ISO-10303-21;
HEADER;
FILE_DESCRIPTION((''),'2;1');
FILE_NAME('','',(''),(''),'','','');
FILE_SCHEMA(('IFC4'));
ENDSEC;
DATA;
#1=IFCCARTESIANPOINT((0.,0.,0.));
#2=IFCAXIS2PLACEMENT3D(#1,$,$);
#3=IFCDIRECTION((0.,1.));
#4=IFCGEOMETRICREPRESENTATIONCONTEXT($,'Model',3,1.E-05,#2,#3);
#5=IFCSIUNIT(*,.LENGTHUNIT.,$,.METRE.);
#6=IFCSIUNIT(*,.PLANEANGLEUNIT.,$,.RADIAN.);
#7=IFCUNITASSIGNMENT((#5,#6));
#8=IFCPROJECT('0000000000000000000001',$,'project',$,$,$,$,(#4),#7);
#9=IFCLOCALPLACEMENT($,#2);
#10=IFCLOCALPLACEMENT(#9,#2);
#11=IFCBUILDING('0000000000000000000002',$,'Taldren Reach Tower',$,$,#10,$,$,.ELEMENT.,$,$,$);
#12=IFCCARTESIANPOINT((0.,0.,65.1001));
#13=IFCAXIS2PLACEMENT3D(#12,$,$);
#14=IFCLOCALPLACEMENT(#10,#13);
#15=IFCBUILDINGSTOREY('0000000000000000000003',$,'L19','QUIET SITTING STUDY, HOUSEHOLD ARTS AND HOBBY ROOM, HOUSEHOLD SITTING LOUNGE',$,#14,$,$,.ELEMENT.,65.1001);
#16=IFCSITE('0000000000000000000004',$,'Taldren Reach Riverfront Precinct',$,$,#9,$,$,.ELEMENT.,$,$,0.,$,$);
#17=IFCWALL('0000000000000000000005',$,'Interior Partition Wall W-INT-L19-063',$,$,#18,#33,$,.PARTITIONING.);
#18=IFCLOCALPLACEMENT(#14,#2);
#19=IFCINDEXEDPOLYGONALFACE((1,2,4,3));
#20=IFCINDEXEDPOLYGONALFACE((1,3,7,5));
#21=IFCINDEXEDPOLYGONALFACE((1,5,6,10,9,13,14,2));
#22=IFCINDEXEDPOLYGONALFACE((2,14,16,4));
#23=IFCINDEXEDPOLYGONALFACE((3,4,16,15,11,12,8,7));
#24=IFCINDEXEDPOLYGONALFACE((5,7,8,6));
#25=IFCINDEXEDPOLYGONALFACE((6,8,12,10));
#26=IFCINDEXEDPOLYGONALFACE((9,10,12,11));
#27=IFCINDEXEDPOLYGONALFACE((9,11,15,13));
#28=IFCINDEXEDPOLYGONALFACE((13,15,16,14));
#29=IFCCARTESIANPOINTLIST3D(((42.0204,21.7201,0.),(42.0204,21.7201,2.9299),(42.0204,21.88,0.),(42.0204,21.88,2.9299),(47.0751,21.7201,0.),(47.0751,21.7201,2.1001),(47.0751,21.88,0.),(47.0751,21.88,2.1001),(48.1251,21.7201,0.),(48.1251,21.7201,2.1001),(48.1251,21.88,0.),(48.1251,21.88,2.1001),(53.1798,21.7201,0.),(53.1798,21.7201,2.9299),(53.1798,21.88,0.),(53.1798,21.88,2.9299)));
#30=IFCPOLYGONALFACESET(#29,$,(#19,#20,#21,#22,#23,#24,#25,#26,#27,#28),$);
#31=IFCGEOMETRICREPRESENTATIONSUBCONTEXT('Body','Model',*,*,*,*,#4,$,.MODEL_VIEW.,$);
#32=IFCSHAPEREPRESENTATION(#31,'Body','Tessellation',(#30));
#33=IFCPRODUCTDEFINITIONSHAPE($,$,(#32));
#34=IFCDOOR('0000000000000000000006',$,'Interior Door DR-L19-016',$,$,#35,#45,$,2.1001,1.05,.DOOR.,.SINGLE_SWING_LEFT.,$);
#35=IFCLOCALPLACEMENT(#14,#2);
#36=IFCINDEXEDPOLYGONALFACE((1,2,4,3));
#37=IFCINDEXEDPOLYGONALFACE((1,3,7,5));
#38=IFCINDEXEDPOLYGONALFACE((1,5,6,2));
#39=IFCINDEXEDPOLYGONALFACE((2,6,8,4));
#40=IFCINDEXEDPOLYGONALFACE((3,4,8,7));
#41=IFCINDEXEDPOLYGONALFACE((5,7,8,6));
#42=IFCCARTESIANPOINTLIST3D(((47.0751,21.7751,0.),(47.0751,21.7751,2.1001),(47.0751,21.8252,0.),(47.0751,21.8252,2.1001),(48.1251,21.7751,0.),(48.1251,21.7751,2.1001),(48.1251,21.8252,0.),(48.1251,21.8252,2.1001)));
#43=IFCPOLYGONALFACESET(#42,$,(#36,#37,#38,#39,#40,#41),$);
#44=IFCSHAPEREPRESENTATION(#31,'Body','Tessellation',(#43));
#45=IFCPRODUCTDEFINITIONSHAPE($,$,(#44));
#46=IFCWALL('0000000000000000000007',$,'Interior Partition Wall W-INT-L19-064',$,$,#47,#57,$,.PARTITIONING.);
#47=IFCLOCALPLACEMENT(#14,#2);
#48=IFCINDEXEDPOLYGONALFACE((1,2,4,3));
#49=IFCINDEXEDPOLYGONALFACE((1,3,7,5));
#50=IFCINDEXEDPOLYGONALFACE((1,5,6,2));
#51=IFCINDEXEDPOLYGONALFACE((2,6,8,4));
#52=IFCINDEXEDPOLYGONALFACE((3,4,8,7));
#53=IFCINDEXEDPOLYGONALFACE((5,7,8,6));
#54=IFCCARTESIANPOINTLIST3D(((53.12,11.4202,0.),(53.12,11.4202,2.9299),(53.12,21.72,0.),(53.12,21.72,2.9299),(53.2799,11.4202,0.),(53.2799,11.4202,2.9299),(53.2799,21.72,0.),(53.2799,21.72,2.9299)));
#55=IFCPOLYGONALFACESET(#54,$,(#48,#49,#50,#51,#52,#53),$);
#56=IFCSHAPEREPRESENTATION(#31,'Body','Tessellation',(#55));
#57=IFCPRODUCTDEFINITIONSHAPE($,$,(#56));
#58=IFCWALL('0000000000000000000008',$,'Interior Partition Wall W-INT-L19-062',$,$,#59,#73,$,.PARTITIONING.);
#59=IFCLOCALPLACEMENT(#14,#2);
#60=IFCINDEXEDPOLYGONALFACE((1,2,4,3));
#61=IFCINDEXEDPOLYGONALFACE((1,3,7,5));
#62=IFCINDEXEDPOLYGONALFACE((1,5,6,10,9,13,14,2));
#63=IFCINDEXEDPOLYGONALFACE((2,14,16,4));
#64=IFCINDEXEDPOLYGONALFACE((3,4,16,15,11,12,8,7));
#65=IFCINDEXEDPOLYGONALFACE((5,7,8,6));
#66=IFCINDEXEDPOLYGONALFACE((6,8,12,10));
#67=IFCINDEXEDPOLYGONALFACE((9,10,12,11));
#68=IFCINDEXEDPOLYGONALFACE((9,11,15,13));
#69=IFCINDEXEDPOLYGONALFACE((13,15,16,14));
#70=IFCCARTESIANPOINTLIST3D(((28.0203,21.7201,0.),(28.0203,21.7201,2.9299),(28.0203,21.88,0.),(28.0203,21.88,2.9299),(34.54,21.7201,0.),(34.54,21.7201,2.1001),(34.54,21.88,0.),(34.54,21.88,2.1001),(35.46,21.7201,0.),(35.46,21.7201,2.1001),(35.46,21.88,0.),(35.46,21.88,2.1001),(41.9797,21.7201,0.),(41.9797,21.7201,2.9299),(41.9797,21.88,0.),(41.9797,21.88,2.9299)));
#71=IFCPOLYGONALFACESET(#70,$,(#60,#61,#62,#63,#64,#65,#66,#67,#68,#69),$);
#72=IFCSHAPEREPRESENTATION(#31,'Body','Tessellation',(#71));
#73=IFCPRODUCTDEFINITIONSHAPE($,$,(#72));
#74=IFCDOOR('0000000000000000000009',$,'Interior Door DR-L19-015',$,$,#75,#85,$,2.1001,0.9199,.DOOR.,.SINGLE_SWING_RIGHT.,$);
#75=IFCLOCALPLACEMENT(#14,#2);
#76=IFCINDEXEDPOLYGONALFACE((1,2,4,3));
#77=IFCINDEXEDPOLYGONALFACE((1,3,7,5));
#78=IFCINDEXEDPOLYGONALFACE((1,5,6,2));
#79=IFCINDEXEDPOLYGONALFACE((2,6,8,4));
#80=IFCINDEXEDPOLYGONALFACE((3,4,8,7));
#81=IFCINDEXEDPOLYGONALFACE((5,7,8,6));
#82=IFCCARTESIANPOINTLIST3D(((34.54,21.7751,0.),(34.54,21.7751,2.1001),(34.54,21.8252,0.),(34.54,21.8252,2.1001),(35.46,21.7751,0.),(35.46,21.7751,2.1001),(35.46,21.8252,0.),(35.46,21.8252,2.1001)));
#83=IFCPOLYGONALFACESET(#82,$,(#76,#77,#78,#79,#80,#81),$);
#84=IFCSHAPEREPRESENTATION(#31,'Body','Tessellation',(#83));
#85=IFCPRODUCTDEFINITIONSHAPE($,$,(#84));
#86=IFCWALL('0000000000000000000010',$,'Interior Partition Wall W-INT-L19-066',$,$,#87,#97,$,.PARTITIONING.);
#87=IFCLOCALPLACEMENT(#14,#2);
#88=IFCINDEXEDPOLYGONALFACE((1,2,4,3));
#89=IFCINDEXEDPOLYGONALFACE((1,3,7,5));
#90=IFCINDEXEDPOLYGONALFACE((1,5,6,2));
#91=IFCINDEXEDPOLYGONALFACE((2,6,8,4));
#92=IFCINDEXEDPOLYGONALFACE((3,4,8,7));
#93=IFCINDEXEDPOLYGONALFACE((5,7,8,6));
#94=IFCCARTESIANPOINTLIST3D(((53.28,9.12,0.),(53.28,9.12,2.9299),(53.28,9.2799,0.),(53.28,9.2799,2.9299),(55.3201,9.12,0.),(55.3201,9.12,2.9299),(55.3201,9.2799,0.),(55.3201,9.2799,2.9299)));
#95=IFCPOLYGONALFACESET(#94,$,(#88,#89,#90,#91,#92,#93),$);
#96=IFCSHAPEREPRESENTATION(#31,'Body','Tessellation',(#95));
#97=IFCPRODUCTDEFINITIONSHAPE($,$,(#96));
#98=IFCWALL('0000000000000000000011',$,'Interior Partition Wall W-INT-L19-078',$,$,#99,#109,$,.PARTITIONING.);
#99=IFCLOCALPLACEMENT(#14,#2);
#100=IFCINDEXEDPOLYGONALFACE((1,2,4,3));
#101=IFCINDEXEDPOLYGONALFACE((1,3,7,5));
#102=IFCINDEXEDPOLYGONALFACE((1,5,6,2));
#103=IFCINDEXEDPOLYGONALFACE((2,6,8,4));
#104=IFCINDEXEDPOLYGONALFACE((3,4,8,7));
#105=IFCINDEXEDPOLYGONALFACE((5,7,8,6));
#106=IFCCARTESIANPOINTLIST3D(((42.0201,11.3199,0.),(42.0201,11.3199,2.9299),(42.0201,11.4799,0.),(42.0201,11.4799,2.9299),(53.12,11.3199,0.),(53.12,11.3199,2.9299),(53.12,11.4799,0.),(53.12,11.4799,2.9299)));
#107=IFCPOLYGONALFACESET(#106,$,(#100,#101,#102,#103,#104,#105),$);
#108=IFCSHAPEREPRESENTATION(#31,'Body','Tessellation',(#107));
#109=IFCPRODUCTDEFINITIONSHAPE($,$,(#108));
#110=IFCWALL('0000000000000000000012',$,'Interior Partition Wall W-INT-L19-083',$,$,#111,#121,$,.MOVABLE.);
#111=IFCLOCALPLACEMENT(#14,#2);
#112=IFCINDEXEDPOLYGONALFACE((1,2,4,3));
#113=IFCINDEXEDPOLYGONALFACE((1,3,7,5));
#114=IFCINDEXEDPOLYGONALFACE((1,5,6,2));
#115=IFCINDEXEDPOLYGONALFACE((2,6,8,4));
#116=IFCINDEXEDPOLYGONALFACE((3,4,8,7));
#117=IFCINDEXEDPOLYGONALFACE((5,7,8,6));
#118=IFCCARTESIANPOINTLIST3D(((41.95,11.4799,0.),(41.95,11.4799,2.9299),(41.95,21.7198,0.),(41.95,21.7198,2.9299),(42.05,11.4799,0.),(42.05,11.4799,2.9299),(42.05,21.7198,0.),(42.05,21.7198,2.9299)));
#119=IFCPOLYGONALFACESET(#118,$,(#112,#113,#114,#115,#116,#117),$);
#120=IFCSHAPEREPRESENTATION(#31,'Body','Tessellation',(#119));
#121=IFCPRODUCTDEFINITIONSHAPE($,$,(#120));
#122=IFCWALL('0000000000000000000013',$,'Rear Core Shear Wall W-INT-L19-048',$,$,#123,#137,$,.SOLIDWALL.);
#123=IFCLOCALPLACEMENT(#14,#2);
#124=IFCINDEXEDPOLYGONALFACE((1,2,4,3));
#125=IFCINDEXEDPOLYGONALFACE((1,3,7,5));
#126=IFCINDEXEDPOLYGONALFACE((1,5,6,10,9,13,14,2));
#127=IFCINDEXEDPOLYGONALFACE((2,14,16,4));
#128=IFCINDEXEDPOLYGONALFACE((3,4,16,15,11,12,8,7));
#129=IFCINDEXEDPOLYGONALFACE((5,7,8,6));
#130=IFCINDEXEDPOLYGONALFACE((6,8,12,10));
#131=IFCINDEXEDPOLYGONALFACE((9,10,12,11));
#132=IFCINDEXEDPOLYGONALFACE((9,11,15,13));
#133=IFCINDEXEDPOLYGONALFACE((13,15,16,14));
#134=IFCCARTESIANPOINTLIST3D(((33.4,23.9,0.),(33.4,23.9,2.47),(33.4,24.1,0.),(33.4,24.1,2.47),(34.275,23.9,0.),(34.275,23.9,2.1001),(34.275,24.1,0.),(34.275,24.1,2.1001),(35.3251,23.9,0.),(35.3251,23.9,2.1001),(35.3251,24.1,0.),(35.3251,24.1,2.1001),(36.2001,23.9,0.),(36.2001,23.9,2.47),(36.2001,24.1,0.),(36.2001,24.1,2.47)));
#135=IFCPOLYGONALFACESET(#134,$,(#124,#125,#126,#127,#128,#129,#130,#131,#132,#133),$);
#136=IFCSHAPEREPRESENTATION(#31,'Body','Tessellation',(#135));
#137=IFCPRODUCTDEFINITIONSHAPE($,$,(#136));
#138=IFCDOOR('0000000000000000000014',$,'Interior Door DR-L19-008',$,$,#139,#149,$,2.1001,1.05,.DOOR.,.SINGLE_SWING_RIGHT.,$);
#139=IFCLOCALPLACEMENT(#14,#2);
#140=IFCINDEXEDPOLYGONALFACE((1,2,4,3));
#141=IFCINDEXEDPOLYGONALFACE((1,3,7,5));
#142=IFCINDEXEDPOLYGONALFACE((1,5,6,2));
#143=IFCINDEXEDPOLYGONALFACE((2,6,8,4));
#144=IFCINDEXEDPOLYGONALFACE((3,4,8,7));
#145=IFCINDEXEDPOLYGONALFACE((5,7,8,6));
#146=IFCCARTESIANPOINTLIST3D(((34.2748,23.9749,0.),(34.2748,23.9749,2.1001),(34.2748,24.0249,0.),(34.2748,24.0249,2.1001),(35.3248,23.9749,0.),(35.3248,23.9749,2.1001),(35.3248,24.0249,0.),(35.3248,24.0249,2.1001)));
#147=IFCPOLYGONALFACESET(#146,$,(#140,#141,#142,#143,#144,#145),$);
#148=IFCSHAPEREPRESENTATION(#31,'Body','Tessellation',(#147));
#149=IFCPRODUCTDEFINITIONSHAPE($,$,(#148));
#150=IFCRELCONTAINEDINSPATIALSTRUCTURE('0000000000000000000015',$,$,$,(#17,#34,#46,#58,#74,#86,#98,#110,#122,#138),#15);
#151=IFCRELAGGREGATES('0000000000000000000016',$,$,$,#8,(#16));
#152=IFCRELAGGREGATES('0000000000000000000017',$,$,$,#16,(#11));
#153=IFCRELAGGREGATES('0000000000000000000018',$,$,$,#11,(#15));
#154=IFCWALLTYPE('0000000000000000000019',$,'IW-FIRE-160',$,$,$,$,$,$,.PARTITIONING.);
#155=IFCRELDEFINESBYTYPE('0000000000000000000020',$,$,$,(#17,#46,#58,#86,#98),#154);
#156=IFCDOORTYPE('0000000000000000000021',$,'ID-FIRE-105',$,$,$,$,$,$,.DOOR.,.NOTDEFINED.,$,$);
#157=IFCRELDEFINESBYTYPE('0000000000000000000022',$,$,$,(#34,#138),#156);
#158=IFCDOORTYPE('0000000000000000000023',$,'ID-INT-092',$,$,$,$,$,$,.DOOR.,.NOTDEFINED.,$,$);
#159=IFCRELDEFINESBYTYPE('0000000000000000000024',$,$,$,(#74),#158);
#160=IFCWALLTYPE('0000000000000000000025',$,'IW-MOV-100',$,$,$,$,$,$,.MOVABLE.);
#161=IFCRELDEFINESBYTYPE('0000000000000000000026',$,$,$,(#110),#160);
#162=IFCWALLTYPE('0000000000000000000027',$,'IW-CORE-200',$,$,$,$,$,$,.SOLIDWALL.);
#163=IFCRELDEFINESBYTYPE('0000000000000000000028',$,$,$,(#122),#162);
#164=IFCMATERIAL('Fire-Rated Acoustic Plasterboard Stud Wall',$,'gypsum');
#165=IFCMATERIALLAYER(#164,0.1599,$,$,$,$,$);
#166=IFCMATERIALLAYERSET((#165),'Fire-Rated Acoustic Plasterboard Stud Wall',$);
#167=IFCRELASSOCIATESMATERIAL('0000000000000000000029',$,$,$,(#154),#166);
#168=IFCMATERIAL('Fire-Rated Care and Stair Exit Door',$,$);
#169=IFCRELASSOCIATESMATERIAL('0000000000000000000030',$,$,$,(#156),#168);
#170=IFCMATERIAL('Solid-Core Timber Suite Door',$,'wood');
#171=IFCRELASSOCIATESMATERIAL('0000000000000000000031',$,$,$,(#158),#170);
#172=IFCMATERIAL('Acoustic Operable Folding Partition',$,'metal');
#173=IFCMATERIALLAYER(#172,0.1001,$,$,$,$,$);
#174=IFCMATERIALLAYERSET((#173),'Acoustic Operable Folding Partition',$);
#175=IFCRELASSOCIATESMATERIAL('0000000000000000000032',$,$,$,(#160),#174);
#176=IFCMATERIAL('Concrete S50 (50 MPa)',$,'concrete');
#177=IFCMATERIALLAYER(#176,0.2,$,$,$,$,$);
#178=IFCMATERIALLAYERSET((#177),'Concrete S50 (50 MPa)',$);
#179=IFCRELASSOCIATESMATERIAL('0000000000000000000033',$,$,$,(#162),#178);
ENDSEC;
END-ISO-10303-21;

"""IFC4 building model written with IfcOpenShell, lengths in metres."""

from ifc_helpers import new_model, si_unit, direction, frame, frame_2d, origin, place, context, subcontext, project, spatial, rectangle, extrude, source, transform, mapped, material, layer, layer_set, type_object, element, fill, save


model = new_model("IFC4")

# Units and contexts
model_context = context("Model", 3, precision=1e-05, world=origin(), true_north=direction((0.0, 1.0)))
body_context = subcontext(model_context, "Body", "Model", "MODEL_VIEW")
ifc_project = project(units=[si_unit("LENGTHUNIT", "METRE"), si_unit("PLANEANGLEUNIT", "RADIAN")], contexts=[model_context])

# Site, building, storey
site_placement = place(None, origin())
site = spatial("IfcSite", under=ifc_project, at=site_placement, Name="Taldren Reach Riverfront Precinct", CompositionType="ELEMENT", RefElevation=0.0)
building_placement = place(site_placement, origin())
building = spatial("IfcBuilding", under=site, at=building_placement, Name="Taldren Reach Tower", CompositionType="ELEMENT")
storey_placement = place(building_placement, frame((0.0, 0.0, 65.1001)))
storey = spatial("IfcBuildingStorey", under=building, at=storey_placement, Name="L19", Description="QUIET SITTING STUDY, HOUSEHOLD ARTS AND HOBBY ROOM, HOUSEHOLD SITTING LOUNGE", CompositionType="ELEMENT", Elevation=65.1001)

# Wall, opening, door
ifc_material_1 = material(Name="Fire-Rated Acoustic Plasterboard Stud Wall", Category="gypsum")
ifc_layer_1 = layer(ifc_material_1, 0.1599)
ifc_layer_set_1 = layer_set([ifc_layer_1], Name="Fire-Rated Acoustic Plasterboard Stud Wall")
wall_type_1 = type_object("IfcWallType", Name="IW-FIRE-160", PredefinedType="PARTITIONING", material=ifc_layer_set_1)
shared_shape_1 = source(origin(), body_context, "Body", "SweptSolid", [
    extrude(rectangle(XDim=11.1594, YDim=0.1599, at=frame_2d((5.5796, 0.0))), origin(), (0.0, 0.0, 1.0), 2.9299),
])
wall_1_placement = place(storey_placement, frame((53.1797, 21.8, 0.0), z_axis=(0.0, 0.0, 1.0), x_axis=(-1.0, 0.0, 0.0)))
wall_1 = element("IfcWall", 1, at=wall_1_placement, inside=storey, type_object=wall_type_1, Name="Interior Partition Wall W-INT-L19-063", PredefinedType="PARTITIONING", context=body_context, shape_type="MappedRepresentation", body=[
    mapped(shared_shape_1, transform((0.0, 0.0, 0.0), scale=1.0)),
])
shared_shape_2 = source(origin(), body_context, "Body", "SweptSolid", [
    extrude(rectangle(XDim=1.05, YDim=2.1001, at=frame_2d((0.5249, 1.05))), frame((0.0, 0.0898, 0.0), z_axis=(0.0, -1.0, 0.0), x_axis=(1.0, 0.0, 0.0)), (0.0, 0.0, 1.0), 0.1799),
])
opening_1_placement = place(wall_1_placement, frame((5.0547, 0.0, 0.0)))
opening_1 = element("IfcOpeningElement", 2, at=opening_1_placement, cuts=wall_1, PredefinedType="OPENING", context=body_context, shape_type="MappedRepresentation", body=[
    mapped(shared_shape_2, transform((0.0, 0.0, 0.0), scale=1.0)),
])
ifc_material_2 = material(Name="Fire-Rated Care and Stair Exit Door")
door_type_1 = type_object("IfcDoorType", Name="ID-FIRE-105", OperationType="NOTDEFINED", PredefinedType="DOOR", material=ifc_material_2)
shared_shape_3 = source(origin(), body_context, "Body", "SweptSolid", [
    extrude(rectangle(XDim=1.05, YDim=2.1001, at=frame_2d((0.5249, 1.05))), frame((0.0, 0.0249, 0.0), z_axis=(0.0, -1.0, 0.0), x_axis=(1.0, 0.0, 0.0)), (0.0, 0.0, 1.0), 0.05),
])
door_1_placement = place(opening_1_placement, origin())
door_1 = element("IfcDoor", 3, at=door_1_placement, inside=storey, type_object=door_type_1, Name="Interior Door DR-L19-016", OperationType="SINGLE_SWING_LEFT", OverallHeight=2.1001, OverallWidth=1.05, PredefinedType="DOOR", context=body_context, shape_type="MappedRepresentation", body=[
    mapped(shared_shape_3, transform((0.0, 0.0, 0.0), scale=1.0)),
])
fill(opening_1, door_1)

# Wall
shared_shape_4 = source(origin(), body_context, "Body", "SweptSolid", [
    extrude(rectangle(XDim=10.2998, YDim=0.1599, at=frame_2d((5.1499, 0.0))), origin(), (0.0, 0.0, 1.0), 2.9299),
])
wall_2_placement = place(storey_placement, frame((53.2, 11.4202, 0.0), z_axis=(0.0, 0.0, 1.0), x_axis=(0.0, 1.0, 0.0)))
element("IfcWall", 4, at=wall_2_placement, inside=storey, type_object=wall_type_1, Name="Interior Partition Wall W-INT-L19-064", PredefinedType="PARTITIONING", context=body_context, shape_type="MappedRepresentation", body=[
    mapped(shared_shape_4, transform((0.0, 0.0, 0.0), scale=1.0)),
])

# Wall, opening, door
shared_shape_5 = source(origin(), body_context, "Body", "SweptSolid", [
    extrude(rectangle(XDim=13.9595, YDim=0.1599, at=frame_2d((6.9797, 0.0))), origin(), (0.0, 0.0, 1.0), 2.9299),
])
wall_3_placement = place(storey_placement, frame((41.9797, 21.8, 0.0), z_axis=(0.0, 0.0, 1.0), x_axis=(-1.0, 0.0, 0.0)))
wall_3 = element("IfcWall", 5, at=wall_3_placement, inside=storey, type_object=wall_type_1, Name="Interior Partition Wall W-INT-L19-062", PredefinedType="PARTITIONING", context=body_context, shape_type="MappedRepresentation", body=[
    mapped(shared_shape_5, transform((0.0, 0.0, 0.0), scale=1.0)),
])
shared_shape_6 = source(origin(), body_context, "Body", "SweptSolid", [
    extrude(rectangle(XDim=0.9199, YDim=2.1001, at=frame_2d((0.46, 1.05))), frame((0.0, 0.0898, 0.0), z_axis=(0.0, -1.0, 0.0), x_axis=(1.0, 0.0, 0.0)), (0.0, 0.0, 1.0), 0.1799),
])
opening_2_placement = place(wall_3_placement, frame((6.5198, 0.0, 0.0)))
opening_2 = element("IfcOpeningElement", 6, at=opening_2_placement, cuts=wall_3, PredefinedType="OPENING", context=body_context, shape_type="MappedRepresentation", body=[
    mapped(shared_shape_6, transform((0.0, 0.0, 0.0), scale=1.0)),
])
ifc_material_3 = material(Name="Solid-Core Timber Suite Door", Category="wood")
door_type_2 = type_object("IfcDoorType", Name="ID-INT-092", OperationType="NOTDEFINED", PredefinedType="DOOR", material=ifc_material_3)
shared_shape_7 = source(origin(), body_context, "Body", "SweptSolid", [
    extrude(rectangle(XDim=0.9199, YDim=2.1001, at=frame_2d((0.46, 1.05))), frame((0.0, 0.0249, 0.0), z_axis=(0.0, -1.0, 0.0), x_axis=(1.0, 0.0, 0.0)), (0.0, 0.0, 1.0), 0.05),
])
door_2_placement = place(opening_2_placement, origin())
door_2 = element("IfcDoor", 7, at=door_2_placement, inside=storey, type_object=door_type_2, Name="Interior Door DR-L19-015", OperationType="SINGLE_SWING_RIGHT", OverallHeight=2.1001, OverallWidth=0.9199, PredefinedType="DOOR", context=body_context, shape_type="MappedRepresentation", body=[
    mapped(shared_shape_7, transform((0.0, 0.0, 0.0), scale=1.0)),
])
fill(opening_2, door_2)

# Walls
shared_shape_8 = source(origin(), body_context, "Body", "SweptSolid", [
    extrude(rectangle(XDim=2.04, YDim=0.1599, at=frame_2d((1.02, 0.0))), origin(), (0.0, 0.0, 1.0), 2.9299),
])
wall_4_placement = place(storey_placement, frame((55.3201, 9.2, 0.0), z_axis=(0.0, 0.0, 1.0), x_axis=(-1.0, 0.0, 0.0)))
element("IfcWall", 8, at=wall_4_placement, inside=storey, type_object=wall_type_1, Name="Interior Partition Wall W-INT-L19-066", PredefinedType="PARTITIONING", context=body_context, shape_type="MappedRepresentation", body=[
    mapped(shared_shape_8, transform((0.0, 0.0, 0.0), scale=1.0)),
])
shared_shape_9 = source(origin(), body_context, "Body", "SweptSolid", [
    extrude(rectangle(XDim=11.0999, YDim=0.1599, at=frame_2d((5.5498, 0.0))), origin(), (0.0, 0.0, 1.0), 2.9299),
])
wall_5_placement = place(storey_placement, frame((42.0203, 11.3999, 0.0), z_axis=(0.0, 0.0, 1.0), x_axis=(1.0, 0.0, 0.0)))
element("IfcWall", 9, at=wall_5_placement, inside=storey, type_object=wall_type_1, Name="Interior Partition Wall W-INT-L19-078", PredefinedType="PARTITIONING", context=body_context, shape_type="MappedRepresentation", body=[
    mapped(shared_shape_9, transform((0.0, 0.0, 0.0), scale=1.0)),
])
ifc_material_4 = material(Name="Acoustic Operable Folding Partition", Category="metal")
ifc_layer_2 = layer(ifc_material_4, 0.1001)
ifc_layer_set_2 = layer_set([ifc_layer_2], Name="Acoustic Operable Folding Partition")
wall_type_2 = type_object("IfcWallType", Name="IW-MOV-100", PredefinedType="MOVABLE", material=ifc_layer_set_2)
shared_shape_10 = source(origin(), body_context, "Body", "SweptSolid", [
    extrude(rectangle(XDim=10.24, YDim=0.1001, at=frame_2d((5.1201, 0.0))), origin(), (0.0, 0.0, 1.0), 2.9299),
])
wall_6_placement = place(storey_placement, frame((42.0, 21.72, 0.0), z_axis=(0.0, 0.0, 1.0), x_axis=(0.0, -1.0, 0.0)))
element("IfcWall", 10, at=wall_6_placement, inside=storey, type_object=wall_type_2, Name="Interior Partition Wall W-INT-L19-083", PredefinedType="MOVABLE", context=body_context, shape_type="MappedRepresentation", body=[
    mapped(shared_shape_10, transform((0.0, 0.0, 0.0), scale=1.0)),
])

# Wall, opening, door
ifc_material_5 = material(Name="Concrete S50 (50 MPa)", Category="concrete")
ifc_layer_3 = layer(ifc_material_5, 0.2)
ifc_layer_set_3 = layer_set([ifc_layer_3], Name="Concrete S50 (50 MPa)")
wall_type_3 = type_object("IfcWallType", Name="IW-CORE-200", PredefinedType="SOLIDWALL", material=ifc_layer_set_3)
shared_shape_11 = source(origin(), body_context, "Body", "SweptSolid", [
    extrude(rectangle(XDim=2.8, YDim=0.2, at=frame_2d((1.3999, 0.0))), origin(), (0.0, 0.0, 1.0), 2.47),
])
wall_7_placement = place(storey_placement, frame((36.2, 24.0, 0.0), z_axis=(0.0, 0.0, 1.0), x_axis=(-1.0, 0.0, 0.0)))
wall_7 = element("IfcWall", 11, at=wall_7_placement, inside=storey, type_object=wall_type_3, Name="Rear Core Shear Wall W-INT-L19-048", PredefinedType="SOLIDWALL", context=body_context, shape_type="MappedRepresentation", body=[
    mapped(shared_shape_11, transform((0.0, 0.0, 0.0), scale=1.0)),
])
shared_shape_12 = source(origin(), body_context, "Body", "SweptSolid", [
    extrude(rectangle(XDim=1.05, YDim=2.1001, at=frame_2d((0.5249, 1.05))), frame((0.0, 0.1099, 0.0), z_axis=(0.0, -1.0, 0.0), x_axis=(1.0, 0.0, 0.0)), (0.0, 0.0, 1.0), 0.22),
])
opening_3_placement = place(wall_7_placement, frame((0.875, 0.0, 0.0)))
opening_3 = element("IfcOpeningElement", 12, at=opening_3_placement, cuts=wall_7, PredefinedType="OPENING", context=body_context, shape_type="MappedRepresentation", body=[
    mapped(shared_shape_12, transform((0.0, 0.0, 0.0), scale=1.0)),
])
door_3_placement = place(opening_3_placement, frame((1.05, 0.0, 0.0), z_axis=(0.0, 0.0, 1.0), x_axis=(-1.0, 0.0, 0.0)))
door_3 = element("IfcDoor", 13, at=door_3_placement, inside=storey, type_object=door_type_1, Name="Interior Door DR-L19-008", OperationType="SINGLE_SWING_RIGHT", OverallHeight=2.1001, OverallWidth=1.05, PredefinedType="DOOR", context=body_context, shape_type="MappedRepresentation", body=[
    mapped(shared_shape_3, transform((0.0, 0.0, 0.0), scale=1.0)),
])
fill(opening_3, door_3)

save(model, "model.ifc")
